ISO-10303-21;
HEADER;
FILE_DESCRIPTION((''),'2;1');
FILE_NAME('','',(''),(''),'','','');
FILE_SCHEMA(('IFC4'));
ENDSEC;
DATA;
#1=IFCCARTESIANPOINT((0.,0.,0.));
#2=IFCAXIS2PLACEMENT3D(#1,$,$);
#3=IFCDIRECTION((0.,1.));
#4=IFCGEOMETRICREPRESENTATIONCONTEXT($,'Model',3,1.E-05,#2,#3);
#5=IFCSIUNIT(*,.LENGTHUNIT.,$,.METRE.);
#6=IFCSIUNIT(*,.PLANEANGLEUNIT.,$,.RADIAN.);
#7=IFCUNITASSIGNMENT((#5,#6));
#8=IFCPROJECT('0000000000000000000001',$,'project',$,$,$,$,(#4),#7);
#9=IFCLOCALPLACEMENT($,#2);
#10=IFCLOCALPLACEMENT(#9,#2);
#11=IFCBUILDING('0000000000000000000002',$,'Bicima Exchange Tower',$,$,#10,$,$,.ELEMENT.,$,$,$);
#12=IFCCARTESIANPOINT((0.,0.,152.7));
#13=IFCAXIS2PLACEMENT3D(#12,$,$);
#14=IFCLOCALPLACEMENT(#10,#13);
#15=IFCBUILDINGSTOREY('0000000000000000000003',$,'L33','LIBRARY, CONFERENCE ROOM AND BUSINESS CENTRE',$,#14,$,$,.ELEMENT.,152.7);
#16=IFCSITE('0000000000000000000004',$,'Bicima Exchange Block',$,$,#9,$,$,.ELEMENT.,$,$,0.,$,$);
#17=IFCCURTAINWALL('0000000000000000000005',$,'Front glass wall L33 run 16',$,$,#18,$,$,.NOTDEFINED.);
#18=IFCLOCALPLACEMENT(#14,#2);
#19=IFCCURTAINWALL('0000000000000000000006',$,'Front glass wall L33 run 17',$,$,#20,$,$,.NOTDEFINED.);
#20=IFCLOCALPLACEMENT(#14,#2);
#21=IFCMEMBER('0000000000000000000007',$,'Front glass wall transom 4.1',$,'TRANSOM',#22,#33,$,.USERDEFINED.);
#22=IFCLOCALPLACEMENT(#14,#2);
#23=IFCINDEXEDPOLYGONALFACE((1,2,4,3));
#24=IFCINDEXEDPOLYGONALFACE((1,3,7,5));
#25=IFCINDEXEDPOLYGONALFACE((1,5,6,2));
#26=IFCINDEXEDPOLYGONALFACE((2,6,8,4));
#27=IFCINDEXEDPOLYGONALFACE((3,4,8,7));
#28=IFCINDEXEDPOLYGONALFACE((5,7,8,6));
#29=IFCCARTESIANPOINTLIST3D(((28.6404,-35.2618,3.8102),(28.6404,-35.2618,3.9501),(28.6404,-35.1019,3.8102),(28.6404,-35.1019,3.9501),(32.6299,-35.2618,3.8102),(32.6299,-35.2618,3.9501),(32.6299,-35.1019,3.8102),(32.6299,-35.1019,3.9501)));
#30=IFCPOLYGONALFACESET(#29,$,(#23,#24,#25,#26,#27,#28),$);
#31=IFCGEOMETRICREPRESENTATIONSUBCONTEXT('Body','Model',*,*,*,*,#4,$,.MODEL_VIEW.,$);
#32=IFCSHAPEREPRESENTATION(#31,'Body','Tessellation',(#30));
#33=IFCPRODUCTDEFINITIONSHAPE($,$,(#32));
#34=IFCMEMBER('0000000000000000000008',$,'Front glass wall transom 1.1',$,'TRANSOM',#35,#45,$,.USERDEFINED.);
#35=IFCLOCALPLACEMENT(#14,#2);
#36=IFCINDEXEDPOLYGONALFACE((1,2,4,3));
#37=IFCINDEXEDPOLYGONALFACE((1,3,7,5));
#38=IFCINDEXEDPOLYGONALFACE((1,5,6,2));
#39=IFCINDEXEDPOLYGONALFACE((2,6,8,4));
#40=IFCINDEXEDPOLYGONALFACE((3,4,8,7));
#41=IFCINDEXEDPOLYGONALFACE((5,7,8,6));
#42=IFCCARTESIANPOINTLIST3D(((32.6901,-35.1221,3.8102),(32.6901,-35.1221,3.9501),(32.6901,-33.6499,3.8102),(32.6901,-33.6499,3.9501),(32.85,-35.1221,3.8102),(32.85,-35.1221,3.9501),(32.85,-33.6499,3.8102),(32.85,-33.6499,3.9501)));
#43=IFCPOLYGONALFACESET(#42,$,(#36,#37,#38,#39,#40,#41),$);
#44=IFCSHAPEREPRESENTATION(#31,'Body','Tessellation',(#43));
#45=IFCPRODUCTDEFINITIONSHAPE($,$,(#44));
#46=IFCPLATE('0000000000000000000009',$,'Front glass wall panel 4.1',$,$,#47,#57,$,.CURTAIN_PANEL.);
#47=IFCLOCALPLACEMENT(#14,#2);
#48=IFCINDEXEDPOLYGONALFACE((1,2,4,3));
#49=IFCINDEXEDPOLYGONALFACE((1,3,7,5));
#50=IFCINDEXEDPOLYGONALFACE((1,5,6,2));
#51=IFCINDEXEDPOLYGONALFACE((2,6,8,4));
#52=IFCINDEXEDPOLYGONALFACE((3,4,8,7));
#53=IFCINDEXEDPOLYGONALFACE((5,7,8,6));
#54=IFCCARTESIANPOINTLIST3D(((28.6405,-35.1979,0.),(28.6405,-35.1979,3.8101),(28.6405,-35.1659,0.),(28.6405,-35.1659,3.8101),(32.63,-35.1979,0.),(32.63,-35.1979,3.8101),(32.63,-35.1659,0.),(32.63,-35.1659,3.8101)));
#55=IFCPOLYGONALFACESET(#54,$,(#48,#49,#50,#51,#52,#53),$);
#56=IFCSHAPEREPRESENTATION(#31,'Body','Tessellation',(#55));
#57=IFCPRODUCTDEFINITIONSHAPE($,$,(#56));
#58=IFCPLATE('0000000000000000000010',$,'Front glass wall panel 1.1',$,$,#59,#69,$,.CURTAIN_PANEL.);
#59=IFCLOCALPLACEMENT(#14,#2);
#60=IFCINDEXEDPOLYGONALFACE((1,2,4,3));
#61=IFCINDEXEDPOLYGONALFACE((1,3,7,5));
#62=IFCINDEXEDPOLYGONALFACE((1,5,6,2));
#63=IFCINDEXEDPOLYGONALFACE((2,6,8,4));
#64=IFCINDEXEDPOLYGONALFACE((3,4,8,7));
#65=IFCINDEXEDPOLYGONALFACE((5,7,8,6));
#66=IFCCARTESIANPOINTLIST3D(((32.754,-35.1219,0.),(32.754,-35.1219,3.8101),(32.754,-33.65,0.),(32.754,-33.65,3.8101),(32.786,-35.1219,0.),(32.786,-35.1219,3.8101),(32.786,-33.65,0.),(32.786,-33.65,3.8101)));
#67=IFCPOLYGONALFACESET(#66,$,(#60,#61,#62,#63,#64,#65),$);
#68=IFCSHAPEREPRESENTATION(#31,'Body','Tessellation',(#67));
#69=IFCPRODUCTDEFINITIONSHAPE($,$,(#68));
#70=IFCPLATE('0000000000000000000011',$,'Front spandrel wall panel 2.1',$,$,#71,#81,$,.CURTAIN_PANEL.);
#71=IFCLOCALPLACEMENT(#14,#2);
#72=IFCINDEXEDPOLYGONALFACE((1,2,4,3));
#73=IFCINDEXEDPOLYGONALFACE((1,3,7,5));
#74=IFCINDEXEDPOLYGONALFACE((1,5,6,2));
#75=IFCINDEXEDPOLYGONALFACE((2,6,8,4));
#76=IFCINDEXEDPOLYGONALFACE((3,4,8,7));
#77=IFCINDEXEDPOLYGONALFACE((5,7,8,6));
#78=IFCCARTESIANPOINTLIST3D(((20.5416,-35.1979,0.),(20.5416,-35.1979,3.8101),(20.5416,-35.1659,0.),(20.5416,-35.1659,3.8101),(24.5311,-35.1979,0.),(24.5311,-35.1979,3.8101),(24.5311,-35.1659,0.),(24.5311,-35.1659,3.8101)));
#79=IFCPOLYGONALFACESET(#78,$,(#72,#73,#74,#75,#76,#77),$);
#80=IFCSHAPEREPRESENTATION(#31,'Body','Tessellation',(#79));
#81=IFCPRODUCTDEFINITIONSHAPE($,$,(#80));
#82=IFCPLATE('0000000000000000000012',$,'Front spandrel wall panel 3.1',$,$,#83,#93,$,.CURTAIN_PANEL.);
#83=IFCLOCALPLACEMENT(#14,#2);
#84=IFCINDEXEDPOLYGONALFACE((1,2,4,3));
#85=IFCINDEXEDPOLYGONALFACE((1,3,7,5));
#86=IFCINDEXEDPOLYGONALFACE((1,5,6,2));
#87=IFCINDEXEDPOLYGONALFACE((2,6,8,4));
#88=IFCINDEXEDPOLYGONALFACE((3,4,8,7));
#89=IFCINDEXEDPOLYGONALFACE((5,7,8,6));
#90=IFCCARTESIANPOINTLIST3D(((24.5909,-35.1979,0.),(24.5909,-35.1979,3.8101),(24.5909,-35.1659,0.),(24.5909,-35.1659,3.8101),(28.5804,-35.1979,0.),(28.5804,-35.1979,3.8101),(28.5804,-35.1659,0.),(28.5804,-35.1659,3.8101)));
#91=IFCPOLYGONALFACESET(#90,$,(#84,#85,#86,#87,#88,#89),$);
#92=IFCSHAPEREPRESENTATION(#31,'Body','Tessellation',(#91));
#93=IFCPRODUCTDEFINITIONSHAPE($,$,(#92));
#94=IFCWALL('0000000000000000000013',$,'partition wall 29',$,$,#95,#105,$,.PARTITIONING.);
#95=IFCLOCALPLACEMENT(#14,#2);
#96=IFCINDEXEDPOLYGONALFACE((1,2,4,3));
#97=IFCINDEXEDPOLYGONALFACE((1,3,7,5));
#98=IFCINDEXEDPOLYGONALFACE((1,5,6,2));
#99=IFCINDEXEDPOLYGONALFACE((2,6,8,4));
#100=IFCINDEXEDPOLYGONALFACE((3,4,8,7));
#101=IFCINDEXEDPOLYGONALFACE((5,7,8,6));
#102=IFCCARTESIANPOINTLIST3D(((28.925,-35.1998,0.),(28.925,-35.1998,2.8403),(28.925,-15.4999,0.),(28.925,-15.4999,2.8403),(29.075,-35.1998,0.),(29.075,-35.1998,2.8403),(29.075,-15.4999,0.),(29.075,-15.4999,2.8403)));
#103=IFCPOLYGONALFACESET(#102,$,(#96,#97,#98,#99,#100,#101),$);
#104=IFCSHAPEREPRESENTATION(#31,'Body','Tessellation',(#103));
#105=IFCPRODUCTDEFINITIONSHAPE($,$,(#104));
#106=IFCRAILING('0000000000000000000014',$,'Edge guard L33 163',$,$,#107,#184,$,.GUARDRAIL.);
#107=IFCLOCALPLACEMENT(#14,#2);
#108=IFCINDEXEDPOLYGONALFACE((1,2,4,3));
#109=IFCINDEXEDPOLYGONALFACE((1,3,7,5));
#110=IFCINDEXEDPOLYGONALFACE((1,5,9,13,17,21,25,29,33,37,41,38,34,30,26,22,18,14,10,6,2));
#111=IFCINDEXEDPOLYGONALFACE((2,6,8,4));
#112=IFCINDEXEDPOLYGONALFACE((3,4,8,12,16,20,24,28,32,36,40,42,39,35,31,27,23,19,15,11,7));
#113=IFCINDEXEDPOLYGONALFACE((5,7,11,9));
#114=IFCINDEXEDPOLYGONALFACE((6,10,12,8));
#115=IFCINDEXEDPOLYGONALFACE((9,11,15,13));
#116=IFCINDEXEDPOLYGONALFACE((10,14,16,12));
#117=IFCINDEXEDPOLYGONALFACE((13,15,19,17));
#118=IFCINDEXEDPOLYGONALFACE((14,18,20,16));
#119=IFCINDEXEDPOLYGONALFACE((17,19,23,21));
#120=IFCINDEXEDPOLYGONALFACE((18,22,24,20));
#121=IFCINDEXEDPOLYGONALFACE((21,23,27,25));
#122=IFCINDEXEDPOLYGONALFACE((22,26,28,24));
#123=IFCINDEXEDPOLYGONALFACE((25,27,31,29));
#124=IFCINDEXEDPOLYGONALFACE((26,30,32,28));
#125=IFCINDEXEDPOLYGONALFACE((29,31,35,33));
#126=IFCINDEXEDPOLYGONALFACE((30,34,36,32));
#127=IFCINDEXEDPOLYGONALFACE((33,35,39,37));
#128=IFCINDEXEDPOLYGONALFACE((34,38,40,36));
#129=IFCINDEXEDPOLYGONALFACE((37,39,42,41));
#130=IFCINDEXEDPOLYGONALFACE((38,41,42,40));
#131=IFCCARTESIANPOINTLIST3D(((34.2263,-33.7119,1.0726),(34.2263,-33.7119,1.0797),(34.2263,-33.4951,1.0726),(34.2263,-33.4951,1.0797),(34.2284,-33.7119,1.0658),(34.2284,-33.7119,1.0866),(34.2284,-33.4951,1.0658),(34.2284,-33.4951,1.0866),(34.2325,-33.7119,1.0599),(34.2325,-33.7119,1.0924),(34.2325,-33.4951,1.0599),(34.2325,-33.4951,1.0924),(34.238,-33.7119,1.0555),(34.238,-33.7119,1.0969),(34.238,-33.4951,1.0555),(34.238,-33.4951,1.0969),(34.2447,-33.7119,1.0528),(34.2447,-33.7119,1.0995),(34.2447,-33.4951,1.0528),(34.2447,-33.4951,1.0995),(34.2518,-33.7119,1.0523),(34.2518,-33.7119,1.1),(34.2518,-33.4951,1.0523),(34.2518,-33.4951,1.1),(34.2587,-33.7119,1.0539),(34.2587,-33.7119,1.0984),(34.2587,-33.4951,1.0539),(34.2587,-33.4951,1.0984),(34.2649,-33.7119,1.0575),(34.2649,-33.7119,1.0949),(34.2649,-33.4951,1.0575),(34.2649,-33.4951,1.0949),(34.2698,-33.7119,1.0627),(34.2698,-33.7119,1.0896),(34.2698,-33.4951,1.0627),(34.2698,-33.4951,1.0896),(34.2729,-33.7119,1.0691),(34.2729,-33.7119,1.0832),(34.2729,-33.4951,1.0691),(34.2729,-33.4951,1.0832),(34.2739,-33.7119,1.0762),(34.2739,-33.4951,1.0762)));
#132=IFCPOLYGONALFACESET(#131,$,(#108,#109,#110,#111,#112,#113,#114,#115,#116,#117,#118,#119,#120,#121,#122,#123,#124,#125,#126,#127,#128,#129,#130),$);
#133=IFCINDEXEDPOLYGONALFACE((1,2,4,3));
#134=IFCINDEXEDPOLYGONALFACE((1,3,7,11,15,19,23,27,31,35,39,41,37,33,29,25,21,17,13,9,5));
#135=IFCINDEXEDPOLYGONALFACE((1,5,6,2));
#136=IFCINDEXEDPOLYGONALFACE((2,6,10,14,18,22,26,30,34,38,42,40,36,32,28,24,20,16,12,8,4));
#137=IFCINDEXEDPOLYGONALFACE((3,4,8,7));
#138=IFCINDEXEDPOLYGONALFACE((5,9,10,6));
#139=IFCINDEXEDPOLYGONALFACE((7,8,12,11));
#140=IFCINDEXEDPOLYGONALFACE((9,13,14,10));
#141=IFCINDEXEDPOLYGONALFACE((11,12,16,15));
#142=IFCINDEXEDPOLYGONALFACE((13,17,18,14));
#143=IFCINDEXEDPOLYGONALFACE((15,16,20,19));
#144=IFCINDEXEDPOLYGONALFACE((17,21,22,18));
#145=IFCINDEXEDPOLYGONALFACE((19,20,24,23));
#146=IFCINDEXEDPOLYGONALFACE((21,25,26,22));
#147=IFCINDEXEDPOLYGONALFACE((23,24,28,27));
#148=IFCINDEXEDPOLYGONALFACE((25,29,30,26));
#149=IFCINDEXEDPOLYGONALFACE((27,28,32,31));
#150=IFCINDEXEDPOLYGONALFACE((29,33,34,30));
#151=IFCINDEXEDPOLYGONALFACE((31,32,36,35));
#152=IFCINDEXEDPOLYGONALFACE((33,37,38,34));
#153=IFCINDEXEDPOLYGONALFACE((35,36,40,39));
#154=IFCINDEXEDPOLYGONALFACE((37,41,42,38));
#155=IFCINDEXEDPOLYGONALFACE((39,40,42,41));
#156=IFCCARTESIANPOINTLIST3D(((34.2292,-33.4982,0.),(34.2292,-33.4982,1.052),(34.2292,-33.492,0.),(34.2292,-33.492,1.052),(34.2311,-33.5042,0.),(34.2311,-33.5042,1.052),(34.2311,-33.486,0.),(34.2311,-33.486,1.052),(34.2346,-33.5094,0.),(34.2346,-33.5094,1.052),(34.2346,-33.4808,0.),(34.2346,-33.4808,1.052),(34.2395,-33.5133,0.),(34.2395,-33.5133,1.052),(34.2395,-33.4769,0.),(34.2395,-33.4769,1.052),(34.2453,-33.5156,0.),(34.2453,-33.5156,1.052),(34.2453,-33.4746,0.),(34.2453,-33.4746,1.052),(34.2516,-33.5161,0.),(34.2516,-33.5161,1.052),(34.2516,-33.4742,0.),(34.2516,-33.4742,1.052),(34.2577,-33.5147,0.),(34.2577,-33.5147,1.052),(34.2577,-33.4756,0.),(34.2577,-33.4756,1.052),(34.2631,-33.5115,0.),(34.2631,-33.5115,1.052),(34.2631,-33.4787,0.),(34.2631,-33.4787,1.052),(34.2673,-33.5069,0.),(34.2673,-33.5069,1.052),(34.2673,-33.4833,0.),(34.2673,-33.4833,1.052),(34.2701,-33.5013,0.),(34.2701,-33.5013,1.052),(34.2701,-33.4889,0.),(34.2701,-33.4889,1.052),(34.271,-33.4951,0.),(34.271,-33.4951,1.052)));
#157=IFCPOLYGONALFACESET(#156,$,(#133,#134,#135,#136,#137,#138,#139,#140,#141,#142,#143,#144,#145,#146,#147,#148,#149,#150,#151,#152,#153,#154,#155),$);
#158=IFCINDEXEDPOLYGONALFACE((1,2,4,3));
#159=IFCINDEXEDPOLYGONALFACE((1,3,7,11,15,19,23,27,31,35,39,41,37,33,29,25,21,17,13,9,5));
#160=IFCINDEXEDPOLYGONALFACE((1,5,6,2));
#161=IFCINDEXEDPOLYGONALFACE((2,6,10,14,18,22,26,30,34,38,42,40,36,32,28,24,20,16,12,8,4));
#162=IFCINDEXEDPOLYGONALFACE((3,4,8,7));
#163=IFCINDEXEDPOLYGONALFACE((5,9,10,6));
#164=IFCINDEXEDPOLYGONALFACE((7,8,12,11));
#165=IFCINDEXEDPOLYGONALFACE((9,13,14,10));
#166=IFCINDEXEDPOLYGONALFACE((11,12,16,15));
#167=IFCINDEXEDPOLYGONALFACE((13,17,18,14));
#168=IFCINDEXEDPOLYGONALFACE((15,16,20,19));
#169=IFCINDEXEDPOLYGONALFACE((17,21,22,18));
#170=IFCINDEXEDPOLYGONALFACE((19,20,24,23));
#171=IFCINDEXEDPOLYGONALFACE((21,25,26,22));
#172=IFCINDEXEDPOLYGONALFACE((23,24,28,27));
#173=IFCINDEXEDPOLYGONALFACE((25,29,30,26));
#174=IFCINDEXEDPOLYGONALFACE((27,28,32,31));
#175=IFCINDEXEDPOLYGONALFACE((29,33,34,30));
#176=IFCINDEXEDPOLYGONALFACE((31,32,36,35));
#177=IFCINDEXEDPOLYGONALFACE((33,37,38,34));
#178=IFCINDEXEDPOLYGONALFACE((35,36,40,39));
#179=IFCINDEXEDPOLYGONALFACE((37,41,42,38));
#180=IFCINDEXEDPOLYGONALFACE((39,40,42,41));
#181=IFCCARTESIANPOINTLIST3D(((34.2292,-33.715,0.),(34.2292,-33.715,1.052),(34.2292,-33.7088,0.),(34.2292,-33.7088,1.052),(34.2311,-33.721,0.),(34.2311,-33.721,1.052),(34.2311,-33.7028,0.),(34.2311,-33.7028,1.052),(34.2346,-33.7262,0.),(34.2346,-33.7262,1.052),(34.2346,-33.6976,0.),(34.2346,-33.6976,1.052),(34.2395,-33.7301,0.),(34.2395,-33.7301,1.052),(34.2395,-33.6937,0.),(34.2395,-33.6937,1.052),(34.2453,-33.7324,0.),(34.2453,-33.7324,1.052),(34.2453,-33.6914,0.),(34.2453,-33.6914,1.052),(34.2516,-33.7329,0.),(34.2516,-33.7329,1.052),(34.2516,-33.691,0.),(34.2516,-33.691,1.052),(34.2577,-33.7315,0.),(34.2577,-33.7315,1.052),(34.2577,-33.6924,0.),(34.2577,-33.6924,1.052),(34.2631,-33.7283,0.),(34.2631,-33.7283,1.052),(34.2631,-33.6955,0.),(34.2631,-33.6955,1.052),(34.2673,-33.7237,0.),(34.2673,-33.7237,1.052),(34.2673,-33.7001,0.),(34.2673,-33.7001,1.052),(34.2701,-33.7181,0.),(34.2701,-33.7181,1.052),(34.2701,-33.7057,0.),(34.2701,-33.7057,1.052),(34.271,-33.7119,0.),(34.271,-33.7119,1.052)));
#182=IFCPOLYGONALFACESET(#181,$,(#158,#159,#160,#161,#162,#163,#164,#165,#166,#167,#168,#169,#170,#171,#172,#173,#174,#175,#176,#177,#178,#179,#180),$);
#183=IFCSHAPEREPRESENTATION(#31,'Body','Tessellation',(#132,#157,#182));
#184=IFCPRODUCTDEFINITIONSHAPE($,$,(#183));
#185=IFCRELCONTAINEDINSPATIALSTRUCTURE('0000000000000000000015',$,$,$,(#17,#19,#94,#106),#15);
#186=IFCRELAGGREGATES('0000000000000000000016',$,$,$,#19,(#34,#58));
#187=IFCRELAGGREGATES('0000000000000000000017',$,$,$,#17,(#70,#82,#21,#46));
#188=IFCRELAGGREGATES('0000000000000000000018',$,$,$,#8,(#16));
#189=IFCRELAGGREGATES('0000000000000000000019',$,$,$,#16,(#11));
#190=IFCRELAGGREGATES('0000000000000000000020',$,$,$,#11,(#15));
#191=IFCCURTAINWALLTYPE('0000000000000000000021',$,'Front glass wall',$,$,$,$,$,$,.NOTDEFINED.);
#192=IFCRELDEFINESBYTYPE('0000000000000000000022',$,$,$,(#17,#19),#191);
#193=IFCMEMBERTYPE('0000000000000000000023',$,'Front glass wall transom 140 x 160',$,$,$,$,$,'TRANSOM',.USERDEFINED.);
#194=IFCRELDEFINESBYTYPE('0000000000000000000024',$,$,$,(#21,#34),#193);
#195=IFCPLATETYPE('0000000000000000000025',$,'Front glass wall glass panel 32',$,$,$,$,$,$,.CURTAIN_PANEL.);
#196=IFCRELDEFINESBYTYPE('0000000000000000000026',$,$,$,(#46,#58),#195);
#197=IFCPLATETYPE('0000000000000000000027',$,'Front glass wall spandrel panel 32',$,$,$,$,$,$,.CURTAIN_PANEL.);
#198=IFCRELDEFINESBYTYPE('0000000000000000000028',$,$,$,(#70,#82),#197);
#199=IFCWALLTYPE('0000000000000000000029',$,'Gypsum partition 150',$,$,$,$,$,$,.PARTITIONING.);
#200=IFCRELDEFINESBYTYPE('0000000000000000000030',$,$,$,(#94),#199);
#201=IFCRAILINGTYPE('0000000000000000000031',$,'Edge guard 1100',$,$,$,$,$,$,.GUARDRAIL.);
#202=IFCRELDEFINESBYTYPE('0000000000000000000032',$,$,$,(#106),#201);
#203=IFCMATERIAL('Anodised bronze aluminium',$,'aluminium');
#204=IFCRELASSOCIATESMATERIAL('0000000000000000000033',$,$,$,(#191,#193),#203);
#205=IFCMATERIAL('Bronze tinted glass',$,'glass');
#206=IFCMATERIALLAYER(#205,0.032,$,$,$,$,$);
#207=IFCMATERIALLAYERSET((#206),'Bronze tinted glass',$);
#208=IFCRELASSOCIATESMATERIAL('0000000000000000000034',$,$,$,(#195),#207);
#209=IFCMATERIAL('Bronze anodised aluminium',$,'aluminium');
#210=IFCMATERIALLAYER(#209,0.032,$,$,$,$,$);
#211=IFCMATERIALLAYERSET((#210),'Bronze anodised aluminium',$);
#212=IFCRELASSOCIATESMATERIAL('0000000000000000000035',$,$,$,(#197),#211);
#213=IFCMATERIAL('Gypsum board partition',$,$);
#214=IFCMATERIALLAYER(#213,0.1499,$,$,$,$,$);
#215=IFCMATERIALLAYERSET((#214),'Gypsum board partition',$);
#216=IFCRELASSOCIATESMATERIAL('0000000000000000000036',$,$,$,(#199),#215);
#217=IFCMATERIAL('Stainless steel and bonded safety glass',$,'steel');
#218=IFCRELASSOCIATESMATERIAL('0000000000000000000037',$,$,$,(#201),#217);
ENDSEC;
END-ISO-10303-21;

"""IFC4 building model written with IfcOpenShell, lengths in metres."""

from ifc_helpers import new_model, si_unit, direction, frame, frame_2d, origin, origin_2d, place, context, subcontext, project, spatial, rectangle, circle, extrude, material, layer, layer_set, material_profile, profile_set, type_object, element, aggregate, save


model = new_model("IFC4")

# Units and contexts
model_context = context("Model", 3, precision=1e-05, world=origin(), true_north=direction((0.0, 1.0)))
body_context = subcontext(model_context, "Body", "Model", "MODEL_VIEW")
ifc_project = project(units=[si_unit("LENGTHUNIT", "METRE"), si_unit("PLANEANGLEUNIT", "RADIAN")], contexts=[model_context])

# Site, building, storey
site_placement = place(None, origin())
site = spatial("IfcSite", under=ifc_project, at=site_placement, Name="Bicima Exchange Block", CompositionType="ELEMENT", RefElevation=0.0)
building_placement = place(site_placement, origin())
building = spatial("IfcBuilding", under=site, at=building_placement, Name="Bicima Exchange Tower", CompositionType="ELEMENT")
storey_placement = place(building_placement, frame((0.0, 0.0, 152.7)))
storey = spatial("IfcBuildingStorey", under=building, at=storey_placement, Name="L33", Description="LIBRARY, CONFERENCE ROOM AND BUSINESS CENTRE", CompositionType="ELEMENT", Elevation=152.7)

# Curtain walls
ifc_material_1 = material(Name="Anodised bronze aluminium", Category="aluminium")
curtain_wall_type = type_object("IfcCurtainWallType", Name="Front glass wall", PredefinedType="NOTDEFINED", material=ifc_material_1)
curtain_wall_1_placement = place(storey_placement, origin())
curtain_wall_1 = element("IfcCurtainWall", 1, at=curtain_wall_1_placement, inside=storey, type_object=curtain_wall_type, Name="Front glass wall L33 run 16", PredefinedType="NOTDEFINED")
curtain_wall_2_placement = place(storey_placement, origin())
curtain_wall_2 = element("IfcCurtainWall", 2, at=curtain_wall_2_placement, inside=storey, type_object=curtain_wall_type, Name="Front glass wall L33 run 17", PredefinedType="NOTDEFINED")

# Members
ifc_material_profile_1 = material_profile(ifc_material_1, rectangle(XDim=0.1599, YDim=0.1399, at=origin_2d()))
ifc_profile_set_1 = profile_set([ifc_material_profile_1], Name="Anodised bronze aluminium")
member_type_1 = type_object("IfcMemberType", Name="Front glass wall transom 140 x 160", ElementType="TRANSOM", PredefinedType="USERDEFINED", material=ifc_profile_set_1)
member_1_placement = place(storey_placement, frame((28.6404, -35.1819, 3.8801), z_axis=(1.0, 0.0, 0.0), x_axis=(0.0, 1.0, 0.0)))
member_1 = element("IfcMember", 3, at=member_1_placement, type_object=member_type_1, Name="Front glass wall transom 4.1", ObjectType="TRANSOM", PredefinedType="USERDEFINED", context=body_context, shape_type="SweptSolid", body=[
    extrude(rectangle(XDim=0.1599, YDim=0.1399, at=origin_2d()), origin(), (0.0, 0.0, 1.0), 3.9895),
])
member_2_placement = place(storey_placement, frame((32.77, -35.1221, 3.8801), z_axis=(0.0, 1.0, 0.0), x_axis=(-1.0, 0.0, 0.0)))
member_2 = element("IfcMember", 4, at=member_2_placement, type_object=member_type_1, Name="Front glass wall transom 1.1", ObjectType="TRANSOM", PredefinedType="USERDEFINED", context=body_context, shape_type="SweptSolid", body=[
    extrude(rectangle(XDim=0.1599, YDim=0.1399, at=origin_2d()), origin(), (0.0, 0.0, 1.0), 1.4722),
])

# Plates
ifc_material_2 = material(Name="Bronze tinted glass", Category="glass")
ifc_layer_1 = layer(ifc_material_2, 0.032)
ifc_layer_set_1 = layer_set([ifc_layer_1], Name="Bronze tinted glass")
plate_type_1 = type_object("IfcPlateType", Name="Front glass wall glass panel 32", PredefinedType="CURTAIN_PANEL", material=ifc_layer_set_1)
plate_1_placement = place(storey_placement, frame((30.6353, -35.1819, 0.0), z_axis=(0.0, 0.0, 1.0), x_axis=(1.0, 0.0, 0.0)))
plate_1 = element("IfcPlate", 5, at=plate_1_placement, type_object=plate_type_1, Name="Front glass wall panel 4.1", PredefinedType="CURTAIN_PANEL", context=body_context, shape_type="SweptSolid", body=[
    extrude(rectangle(XDim=3.9895, YDim=0.032, at=origin_2d()), origin(), (0.0, 0.0, 1.0), 3.8101),
])
plate_2_placement = place(storey_placement, frame((32.77, -34.386, 0.0), z_axis=(0.0, 0.0, 1.0), x_axis=(0.0, 1.0, 0.0)))
plate_2 = element("IfcPlate", 6, at=plate_2_placement, type_object=plate_type_1, Name="Front glass wall panel 1.1", PredefinedType="CURTAIN_PANEL", context=body_context, shape_type="SweptSolid", body=[
    extrude(rectangle(XDim=1.4719, YDim=0.032, at=origin_2d()), origin(), (0.0, 0.0, 1.0), 3.8101),
])
aggregate(curtain_wall_2, [member_2, plate_2])
ifc_material_3 = material(Name="Bronze anodised aluminium", Category="aluminium")
ifc_layer_2 = layer(ifc_material_3, 0.032)
ifc_layer_set_2 = layer_set([ifc_layer_2], Name="Bronze anodised aluminium")
plate_type_2 = type_object("IfcPlateType", Name="Front glass wall spandrel panel 32", PredefinedType="CURTAIN_PANEL", material=ifc_layer_set_2)
plate_3_placement = place(storey_placement, frame((22.5364, -35.1819, 0.0), z_axis=(0.0, 0.0, 1.0), x_axis=(1.0, 0.0, 0.0)))
plate_3 = element("IfcPlate", 7, at=plate_3_placement, type_object=plate_type_2, Name="Front spandrel wall panel 2.1", PredefinedType="CURTAIN_PANEL", context=body_context, shape_type="SweptSolid", body=[
    extrude(rectangle(XDim=3.9895, YDim=0.032, at=origin_2d()), origin(), (0.0, 0.0, 1.0), 3.8101),
])
plate_4_placement = place(storey_placement, frame((26.5857, -35.1819, 0.0), z_axis=(0.0, 0.0, 1.0), x_axis=(1.0, 0.0, 0.0)))
plate_4 = element("IfcPlate", 8, at=plate_4_placement, type_object=plate_type_2, Name="Front spandrel wall panel 3.1", PredefinedType="CURTAIN_PANEL", context=body_context, shape_type="SweptSolid", body=[
    extrude(rectangle(XDim=3.9895, YDim=0.032, at=origin_2d()), origin(), (0.0, 0.0, 1.0), 3.8101),
])
aggregate(curtain_wall_1, [plate_3, plate_4, member_1, plate_1])

# Wall
ifc_material_4 = material(Name="Gypsum board partition")
ifc_layer_3 = layer(ifc_material_4, 0.1499)
ifc_layer_set_3 = layer_set([ifc_layer_3], Name="Gypsum board partition")
wall_type = type_object("IfcWallType", Name="Gypsum partition 150", PredefinedType="PARTITIONING", material=ifc_layer_set_3)
wall_placement = place(storey_placement, frame((29.0, -35.2, 0.0), z_axis=(0.0, 0.0, 1.0), x_axis=(0.0, 1.0, 0.0)))
element("IfcWall", 9, at=wall_placement, inside=storey, type_object=wall_type, Name="partition wall 29", PredefinedType="PARTITIONING", context=body_context, shape_type="SweptSolid", body=[
    extrude(rectangle(XDim=19.7, YDim=0.1499, at=frame_2d((9.8501, 0.0))), origin(), (0.0, 0.0, 1.0), 2.8403),
])

# Railing
ifc_material_5 = material(Name="Stainless steel and bonded safety glass", Category="steel")
railing_type = type_object("IfcRailingType", Name="Edge guard 1100", PredefinedType="GUARDRAIL", material=ifc_material_5)
railing_1_placement = place(storey_placement, frame((34.25, -33.4951, 0.0)))
element("IfcRailing", 10, at=railing_1_placement, inside=storey, type_object=railing_type, Name="Edge guard L33 163", PredefinedType="GUARDRAIL", context=body_context, shape_type="SweptSolid", body=[
    extrude(circle(Radius=0.0239, at=origin_2d()), frame((0.0, 0.0, 1.0762), z_axis=(0.0, -1.0, 0.0), x_axis=(1.0, 0.0, 0.0)), (0.0, 0.0, 1.0), 0.2168),
    extrude(circle(Radius=0.021, at=origin_2d()), origin(), (0.0, 0.0, 1.0), 1.052),
    extrude(circle(Radius=0.021, at=origin_2d()), frame((0.0, -0.2168, 0.0)), (0.0, 0.0, 1.0), 1.052),
])

save(model, "model.ifc")
